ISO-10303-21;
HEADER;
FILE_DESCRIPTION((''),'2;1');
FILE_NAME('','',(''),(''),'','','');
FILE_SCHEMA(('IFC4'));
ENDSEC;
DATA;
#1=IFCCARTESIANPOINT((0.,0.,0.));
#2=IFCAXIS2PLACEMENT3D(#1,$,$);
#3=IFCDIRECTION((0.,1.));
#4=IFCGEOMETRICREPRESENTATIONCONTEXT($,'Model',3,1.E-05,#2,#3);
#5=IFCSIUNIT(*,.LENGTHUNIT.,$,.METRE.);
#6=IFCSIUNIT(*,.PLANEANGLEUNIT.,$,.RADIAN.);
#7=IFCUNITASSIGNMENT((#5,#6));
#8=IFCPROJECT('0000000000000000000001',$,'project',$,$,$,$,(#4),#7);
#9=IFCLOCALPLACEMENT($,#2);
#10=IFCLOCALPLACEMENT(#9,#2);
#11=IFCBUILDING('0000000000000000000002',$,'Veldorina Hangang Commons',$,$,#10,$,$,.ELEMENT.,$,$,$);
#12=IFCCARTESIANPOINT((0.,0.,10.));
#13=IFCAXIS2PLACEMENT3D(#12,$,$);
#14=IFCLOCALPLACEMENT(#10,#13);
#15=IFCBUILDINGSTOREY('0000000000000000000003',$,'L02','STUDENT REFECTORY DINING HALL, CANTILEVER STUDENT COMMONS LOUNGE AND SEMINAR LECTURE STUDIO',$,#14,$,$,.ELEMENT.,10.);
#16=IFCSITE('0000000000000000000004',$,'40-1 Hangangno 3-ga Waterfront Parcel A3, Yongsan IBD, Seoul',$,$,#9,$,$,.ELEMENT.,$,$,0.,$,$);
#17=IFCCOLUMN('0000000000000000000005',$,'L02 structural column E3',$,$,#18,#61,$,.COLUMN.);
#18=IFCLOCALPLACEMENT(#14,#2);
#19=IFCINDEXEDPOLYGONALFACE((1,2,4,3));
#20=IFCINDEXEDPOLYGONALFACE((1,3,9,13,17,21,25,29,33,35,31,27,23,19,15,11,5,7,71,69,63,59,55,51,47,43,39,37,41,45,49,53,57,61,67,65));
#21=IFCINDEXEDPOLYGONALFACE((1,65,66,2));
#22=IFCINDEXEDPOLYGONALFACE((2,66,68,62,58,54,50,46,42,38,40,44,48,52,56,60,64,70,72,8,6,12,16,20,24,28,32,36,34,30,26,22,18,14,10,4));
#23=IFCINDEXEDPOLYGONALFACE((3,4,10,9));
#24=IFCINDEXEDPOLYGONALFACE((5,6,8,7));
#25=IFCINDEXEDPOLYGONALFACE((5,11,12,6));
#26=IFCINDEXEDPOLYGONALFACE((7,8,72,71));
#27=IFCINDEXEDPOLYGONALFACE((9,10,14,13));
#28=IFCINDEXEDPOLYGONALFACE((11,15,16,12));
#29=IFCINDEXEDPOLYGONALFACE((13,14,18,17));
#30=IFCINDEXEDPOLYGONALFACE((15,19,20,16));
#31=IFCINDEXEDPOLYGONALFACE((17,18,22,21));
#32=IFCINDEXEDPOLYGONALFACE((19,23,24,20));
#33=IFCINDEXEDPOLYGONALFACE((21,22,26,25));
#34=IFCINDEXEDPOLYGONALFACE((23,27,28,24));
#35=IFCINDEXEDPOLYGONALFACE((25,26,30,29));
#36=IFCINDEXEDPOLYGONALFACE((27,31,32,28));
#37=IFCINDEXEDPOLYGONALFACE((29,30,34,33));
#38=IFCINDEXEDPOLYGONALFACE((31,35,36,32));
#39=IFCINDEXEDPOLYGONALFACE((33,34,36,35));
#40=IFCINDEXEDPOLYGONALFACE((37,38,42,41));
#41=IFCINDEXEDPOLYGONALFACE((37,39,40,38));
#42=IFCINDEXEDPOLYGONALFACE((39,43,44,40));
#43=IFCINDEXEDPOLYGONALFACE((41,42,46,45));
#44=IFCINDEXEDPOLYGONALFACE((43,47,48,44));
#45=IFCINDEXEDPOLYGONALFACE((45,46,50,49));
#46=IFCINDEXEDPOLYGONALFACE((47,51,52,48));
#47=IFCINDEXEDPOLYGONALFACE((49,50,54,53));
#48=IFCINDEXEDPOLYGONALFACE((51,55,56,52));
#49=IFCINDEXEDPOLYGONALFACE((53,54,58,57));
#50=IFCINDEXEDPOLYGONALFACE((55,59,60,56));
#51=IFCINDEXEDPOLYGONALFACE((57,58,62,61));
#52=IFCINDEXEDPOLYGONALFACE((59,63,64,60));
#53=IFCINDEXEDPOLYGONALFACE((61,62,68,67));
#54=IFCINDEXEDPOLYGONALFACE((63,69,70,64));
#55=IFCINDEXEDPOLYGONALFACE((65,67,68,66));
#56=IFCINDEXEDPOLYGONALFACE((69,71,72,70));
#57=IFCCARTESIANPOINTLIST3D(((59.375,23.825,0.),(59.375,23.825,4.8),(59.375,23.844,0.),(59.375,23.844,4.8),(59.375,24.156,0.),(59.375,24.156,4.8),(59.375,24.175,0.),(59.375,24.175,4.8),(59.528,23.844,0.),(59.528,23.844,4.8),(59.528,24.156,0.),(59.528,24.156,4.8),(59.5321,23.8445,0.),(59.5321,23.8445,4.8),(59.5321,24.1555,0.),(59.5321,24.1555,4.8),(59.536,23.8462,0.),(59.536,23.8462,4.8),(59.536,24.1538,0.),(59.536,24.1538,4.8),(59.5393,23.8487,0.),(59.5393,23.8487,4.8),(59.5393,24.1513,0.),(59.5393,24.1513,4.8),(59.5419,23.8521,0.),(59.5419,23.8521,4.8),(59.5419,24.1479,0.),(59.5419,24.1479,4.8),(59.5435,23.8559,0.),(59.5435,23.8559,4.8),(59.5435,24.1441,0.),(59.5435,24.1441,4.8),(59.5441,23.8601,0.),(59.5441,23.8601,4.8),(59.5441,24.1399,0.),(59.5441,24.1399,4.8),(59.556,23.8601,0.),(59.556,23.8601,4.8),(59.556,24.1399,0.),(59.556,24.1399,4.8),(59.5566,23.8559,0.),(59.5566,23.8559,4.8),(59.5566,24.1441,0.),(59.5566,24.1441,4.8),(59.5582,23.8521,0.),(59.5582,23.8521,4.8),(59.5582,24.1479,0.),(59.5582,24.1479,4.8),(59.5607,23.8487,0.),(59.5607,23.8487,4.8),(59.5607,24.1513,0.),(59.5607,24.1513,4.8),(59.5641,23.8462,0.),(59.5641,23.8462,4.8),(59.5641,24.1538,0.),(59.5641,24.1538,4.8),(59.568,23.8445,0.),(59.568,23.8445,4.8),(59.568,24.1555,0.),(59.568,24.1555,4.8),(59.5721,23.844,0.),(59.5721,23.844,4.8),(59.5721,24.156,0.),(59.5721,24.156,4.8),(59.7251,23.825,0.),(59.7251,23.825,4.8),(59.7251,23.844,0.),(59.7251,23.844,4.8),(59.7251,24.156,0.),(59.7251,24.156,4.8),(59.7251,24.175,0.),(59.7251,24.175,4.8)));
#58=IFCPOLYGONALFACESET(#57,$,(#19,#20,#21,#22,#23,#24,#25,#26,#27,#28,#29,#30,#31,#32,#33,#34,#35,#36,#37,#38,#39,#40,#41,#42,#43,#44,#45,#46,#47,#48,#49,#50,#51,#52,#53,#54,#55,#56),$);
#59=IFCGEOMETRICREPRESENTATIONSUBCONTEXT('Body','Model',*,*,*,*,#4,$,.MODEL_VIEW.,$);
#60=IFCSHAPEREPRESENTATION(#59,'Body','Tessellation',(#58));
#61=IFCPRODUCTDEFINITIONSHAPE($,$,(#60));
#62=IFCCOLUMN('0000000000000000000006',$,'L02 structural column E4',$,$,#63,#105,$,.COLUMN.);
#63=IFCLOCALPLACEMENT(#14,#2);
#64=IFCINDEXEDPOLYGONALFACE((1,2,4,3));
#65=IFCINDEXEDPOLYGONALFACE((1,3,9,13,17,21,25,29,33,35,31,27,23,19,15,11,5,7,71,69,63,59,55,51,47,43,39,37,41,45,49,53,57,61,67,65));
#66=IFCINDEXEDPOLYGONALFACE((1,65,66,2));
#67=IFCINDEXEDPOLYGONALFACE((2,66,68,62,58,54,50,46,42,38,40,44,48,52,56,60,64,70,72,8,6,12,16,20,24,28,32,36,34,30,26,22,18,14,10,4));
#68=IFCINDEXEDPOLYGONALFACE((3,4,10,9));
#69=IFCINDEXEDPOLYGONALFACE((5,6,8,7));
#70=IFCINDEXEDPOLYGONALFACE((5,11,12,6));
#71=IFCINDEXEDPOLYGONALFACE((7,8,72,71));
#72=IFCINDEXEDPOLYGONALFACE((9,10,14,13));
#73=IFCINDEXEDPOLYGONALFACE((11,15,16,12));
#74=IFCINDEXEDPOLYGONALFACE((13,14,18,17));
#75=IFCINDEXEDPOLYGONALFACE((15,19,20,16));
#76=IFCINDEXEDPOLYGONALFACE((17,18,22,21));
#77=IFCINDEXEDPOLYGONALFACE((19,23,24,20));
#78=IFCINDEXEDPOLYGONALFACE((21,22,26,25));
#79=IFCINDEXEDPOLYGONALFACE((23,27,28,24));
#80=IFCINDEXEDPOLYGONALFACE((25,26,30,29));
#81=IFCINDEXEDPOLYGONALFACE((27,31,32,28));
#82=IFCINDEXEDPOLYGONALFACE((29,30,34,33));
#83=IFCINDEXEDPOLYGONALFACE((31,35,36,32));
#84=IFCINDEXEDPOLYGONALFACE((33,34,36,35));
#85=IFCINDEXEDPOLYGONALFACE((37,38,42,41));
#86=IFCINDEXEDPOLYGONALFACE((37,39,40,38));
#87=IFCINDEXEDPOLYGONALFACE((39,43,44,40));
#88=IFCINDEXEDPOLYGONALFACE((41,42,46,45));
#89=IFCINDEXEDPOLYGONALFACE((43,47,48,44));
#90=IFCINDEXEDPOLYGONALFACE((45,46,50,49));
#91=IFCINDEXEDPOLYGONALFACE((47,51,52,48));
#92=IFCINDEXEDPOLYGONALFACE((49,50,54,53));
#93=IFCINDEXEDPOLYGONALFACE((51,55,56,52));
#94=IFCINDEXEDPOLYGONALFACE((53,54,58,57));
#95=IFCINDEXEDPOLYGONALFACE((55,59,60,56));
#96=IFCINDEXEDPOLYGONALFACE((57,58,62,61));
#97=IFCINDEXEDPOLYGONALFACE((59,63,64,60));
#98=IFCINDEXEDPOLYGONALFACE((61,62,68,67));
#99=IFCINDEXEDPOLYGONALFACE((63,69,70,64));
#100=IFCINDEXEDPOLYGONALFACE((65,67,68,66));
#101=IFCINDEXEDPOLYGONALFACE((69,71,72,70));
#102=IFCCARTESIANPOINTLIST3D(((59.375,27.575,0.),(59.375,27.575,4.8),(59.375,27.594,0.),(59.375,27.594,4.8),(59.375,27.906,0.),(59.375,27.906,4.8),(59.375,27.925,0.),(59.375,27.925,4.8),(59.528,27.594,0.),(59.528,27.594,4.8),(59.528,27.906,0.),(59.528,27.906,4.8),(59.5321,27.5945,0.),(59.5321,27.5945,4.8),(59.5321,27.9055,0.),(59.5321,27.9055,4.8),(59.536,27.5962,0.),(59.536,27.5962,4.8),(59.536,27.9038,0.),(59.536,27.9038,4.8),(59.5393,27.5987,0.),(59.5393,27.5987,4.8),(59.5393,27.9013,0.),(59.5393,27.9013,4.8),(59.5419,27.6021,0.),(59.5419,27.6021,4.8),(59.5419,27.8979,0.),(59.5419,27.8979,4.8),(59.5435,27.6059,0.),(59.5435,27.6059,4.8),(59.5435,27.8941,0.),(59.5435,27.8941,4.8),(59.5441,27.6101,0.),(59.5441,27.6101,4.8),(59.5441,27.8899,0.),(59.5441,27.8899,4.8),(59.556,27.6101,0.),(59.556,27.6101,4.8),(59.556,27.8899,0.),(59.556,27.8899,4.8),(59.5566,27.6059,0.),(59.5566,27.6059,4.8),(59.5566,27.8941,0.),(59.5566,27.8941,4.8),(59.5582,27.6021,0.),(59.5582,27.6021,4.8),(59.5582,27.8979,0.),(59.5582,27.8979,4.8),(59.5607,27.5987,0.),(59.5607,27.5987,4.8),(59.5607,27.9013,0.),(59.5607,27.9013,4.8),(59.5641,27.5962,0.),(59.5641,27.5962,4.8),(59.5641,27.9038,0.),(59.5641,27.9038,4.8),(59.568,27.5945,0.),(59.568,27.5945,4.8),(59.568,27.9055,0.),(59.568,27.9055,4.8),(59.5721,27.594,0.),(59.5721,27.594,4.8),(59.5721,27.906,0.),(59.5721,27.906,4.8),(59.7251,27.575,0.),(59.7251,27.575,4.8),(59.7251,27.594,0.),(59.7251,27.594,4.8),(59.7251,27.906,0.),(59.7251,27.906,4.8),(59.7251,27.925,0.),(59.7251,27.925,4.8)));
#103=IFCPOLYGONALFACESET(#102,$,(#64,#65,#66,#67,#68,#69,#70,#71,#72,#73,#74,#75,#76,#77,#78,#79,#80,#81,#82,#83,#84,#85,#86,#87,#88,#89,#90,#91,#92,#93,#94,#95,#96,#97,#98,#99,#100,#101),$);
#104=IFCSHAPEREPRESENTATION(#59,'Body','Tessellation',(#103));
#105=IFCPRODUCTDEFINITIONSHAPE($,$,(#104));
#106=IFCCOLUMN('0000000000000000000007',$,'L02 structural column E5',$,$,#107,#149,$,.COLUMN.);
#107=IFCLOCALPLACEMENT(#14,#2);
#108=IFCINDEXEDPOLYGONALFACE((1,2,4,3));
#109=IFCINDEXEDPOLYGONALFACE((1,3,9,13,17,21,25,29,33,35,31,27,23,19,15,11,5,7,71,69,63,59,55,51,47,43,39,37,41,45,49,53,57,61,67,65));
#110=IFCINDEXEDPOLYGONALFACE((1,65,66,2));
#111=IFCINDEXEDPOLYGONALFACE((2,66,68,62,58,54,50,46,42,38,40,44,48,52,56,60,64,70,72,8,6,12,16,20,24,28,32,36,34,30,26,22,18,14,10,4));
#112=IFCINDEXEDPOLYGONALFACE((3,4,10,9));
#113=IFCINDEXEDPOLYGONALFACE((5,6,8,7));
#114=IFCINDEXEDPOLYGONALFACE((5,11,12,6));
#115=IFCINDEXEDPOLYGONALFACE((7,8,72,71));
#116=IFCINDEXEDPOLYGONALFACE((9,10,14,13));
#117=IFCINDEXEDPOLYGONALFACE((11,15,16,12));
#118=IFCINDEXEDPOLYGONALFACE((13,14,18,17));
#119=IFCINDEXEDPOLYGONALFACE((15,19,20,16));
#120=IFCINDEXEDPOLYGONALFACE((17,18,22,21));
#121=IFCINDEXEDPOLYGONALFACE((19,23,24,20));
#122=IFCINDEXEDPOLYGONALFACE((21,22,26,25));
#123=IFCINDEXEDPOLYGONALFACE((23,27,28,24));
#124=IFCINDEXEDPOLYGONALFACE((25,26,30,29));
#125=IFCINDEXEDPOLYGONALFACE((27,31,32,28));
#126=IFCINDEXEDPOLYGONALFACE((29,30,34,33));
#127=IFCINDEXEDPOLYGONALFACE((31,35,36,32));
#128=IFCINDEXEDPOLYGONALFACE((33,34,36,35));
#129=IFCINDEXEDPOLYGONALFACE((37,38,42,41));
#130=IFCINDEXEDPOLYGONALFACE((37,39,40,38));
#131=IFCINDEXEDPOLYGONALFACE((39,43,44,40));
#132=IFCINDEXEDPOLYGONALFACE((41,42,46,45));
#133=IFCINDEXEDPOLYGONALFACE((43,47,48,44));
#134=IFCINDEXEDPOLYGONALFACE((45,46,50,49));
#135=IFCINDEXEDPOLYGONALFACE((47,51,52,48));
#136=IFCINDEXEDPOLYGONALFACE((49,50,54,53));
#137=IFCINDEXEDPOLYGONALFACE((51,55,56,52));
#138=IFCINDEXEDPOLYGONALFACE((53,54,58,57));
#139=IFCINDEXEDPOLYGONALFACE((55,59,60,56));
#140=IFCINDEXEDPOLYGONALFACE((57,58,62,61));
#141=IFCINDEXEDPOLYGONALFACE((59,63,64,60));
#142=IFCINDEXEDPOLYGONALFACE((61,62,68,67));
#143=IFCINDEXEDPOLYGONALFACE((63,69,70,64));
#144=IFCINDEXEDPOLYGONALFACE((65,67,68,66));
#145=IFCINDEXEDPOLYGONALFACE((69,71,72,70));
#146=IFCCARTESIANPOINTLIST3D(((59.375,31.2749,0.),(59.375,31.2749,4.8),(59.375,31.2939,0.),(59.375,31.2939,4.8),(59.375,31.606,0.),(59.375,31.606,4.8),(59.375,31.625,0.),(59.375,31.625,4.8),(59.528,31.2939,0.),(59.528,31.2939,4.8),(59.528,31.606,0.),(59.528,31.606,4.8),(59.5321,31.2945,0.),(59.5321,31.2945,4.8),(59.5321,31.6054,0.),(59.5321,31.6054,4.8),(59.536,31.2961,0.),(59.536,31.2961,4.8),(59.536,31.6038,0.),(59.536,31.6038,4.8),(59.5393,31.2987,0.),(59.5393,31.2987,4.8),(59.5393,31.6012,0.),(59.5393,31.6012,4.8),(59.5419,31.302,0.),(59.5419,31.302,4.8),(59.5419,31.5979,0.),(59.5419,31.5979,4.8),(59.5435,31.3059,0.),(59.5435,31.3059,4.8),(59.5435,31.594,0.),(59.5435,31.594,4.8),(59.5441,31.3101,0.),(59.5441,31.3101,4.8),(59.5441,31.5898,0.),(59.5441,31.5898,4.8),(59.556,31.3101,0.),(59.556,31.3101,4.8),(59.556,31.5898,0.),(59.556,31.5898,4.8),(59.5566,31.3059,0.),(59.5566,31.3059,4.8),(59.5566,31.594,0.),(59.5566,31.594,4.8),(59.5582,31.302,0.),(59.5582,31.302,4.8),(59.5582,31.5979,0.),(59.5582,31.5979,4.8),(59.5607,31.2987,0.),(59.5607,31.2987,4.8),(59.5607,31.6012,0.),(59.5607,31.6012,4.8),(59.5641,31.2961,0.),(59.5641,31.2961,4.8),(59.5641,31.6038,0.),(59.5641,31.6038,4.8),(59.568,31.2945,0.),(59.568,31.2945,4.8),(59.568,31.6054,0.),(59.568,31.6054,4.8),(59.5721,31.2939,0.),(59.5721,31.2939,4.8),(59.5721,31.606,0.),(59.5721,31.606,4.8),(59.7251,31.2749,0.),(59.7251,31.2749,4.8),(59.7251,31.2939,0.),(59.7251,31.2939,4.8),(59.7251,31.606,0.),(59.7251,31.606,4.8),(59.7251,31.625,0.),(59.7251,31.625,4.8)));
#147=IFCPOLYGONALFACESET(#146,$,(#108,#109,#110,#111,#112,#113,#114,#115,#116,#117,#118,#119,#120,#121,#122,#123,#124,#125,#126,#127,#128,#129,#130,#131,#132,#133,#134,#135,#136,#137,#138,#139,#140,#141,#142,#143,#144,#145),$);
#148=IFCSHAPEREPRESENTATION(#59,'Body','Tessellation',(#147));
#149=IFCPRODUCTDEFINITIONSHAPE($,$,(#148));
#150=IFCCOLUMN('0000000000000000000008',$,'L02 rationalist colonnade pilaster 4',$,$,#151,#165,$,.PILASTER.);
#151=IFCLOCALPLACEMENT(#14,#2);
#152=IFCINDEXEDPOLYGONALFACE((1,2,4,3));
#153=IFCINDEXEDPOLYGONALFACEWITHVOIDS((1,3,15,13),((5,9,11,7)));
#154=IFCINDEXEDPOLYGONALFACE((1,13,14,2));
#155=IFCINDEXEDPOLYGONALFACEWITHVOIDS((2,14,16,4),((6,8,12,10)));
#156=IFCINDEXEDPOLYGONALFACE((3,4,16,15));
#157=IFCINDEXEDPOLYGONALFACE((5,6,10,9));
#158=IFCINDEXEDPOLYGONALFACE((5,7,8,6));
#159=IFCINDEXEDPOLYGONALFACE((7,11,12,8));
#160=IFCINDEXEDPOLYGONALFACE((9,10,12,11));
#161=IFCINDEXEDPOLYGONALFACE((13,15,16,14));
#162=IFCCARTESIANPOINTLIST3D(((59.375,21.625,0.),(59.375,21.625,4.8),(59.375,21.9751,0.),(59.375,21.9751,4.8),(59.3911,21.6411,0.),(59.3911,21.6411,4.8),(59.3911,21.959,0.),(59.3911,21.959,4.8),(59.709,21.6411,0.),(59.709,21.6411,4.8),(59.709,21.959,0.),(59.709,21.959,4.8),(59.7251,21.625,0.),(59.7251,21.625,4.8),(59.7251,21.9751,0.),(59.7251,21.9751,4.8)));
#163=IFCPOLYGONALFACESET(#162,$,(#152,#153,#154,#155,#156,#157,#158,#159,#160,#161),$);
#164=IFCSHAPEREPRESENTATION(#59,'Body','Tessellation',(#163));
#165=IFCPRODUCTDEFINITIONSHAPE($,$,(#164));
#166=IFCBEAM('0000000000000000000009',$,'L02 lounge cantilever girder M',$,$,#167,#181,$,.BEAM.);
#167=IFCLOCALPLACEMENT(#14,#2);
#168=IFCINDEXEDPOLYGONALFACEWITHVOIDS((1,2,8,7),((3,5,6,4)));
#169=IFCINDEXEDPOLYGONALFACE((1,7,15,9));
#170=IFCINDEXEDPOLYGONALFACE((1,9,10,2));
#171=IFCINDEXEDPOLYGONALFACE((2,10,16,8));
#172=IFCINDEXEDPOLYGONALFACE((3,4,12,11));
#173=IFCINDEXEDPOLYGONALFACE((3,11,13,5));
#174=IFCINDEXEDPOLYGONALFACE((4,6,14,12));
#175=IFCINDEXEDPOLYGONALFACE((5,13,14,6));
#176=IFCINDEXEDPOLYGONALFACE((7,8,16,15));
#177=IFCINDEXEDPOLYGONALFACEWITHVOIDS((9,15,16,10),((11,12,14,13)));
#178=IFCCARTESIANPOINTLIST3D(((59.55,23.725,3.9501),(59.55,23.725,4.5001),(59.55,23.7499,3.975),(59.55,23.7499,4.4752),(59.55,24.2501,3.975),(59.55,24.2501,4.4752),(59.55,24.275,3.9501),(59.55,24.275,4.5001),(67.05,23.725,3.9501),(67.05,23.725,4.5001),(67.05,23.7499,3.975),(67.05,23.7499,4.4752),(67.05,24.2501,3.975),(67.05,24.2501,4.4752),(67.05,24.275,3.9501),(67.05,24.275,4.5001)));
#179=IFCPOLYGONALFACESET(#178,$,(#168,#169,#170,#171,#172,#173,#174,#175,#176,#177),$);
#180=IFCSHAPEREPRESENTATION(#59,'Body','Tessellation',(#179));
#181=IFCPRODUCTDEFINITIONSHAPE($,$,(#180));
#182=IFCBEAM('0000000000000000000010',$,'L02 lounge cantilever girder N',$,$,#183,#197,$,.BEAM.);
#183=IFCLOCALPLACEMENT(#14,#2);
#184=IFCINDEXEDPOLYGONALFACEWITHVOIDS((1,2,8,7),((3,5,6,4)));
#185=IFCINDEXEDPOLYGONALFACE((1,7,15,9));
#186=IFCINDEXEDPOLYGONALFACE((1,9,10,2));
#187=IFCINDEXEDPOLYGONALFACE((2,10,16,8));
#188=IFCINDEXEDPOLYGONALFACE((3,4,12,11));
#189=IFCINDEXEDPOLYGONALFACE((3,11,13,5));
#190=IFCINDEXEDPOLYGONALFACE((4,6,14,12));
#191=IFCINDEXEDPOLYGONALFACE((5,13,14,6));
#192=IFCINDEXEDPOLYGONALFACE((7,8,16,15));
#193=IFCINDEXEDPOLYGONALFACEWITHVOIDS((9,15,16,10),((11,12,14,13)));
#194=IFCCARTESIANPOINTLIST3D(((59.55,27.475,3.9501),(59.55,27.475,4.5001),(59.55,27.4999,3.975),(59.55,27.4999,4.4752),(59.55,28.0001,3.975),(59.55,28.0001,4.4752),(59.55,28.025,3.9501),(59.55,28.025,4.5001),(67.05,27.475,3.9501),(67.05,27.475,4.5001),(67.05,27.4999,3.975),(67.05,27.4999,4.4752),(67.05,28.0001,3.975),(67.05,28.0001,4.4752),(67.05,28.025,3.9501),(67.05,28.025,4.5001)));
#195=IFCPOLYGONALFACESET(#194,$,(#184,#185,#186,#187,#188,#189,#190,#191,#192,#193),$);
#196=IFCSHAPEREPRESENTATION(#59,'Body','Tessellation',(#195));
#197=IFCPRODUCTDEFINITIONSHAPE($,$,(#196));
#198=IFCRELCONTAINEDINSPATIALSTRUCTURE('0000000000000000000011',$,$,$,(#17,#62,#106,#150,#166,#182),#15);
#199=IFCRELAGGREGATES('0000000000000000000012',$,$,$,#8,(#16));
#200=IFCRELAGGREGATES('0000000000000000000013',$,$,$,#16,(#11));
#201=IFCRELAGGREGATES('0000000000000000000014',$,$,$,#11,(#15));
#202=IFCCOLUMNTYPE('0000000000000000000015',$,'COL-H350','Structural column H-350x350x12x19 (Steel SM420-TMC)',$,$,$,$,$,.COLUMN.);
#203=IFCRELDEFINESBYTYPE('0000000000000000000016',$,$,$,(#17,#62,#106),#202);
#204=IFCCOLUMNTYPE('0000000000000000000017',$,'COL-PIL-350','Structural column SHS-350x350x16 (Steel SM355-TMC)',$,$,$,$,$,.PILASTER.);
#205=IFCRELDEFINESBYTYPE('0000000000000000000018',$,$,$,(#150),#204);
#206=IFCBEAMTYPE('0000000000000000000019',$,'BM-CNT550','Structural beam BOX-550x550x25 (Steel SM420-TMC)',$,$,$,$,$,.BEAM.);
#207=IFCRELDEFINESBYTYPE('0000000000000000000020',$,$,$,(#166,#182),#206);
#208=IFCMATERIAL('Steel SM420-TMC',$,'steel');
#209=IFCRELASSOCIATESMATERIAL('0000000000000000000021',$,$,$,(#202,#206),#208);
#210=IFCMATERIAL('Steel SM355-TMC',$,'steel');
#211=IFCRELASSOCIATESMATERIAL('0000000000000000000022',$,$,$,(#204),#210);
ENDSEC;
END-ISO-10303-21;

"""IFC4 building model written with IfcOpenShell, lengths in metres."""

from ifc_helpers import new_model, si_unit, direction, frame, origin, origin_2d, place, context, subcontext, project, spatial, hollow_rectangle, i_section, extrude, material, material_profile, profile_set, type_object, element, save


model = new_model("IFC4")

# Units and contexts
model_context = context("Model", 3, precision=1e-05, world=origin(), true_north=direction((0.0, 1.0)))
body_context = subcontext(model_context, "Body", "Model", "MODEL_VIEW")
ifc_project = project(units=[si_unit("LENGTHUNIT", "METRE"), si_unit("PLANEANGLEUNIT", "RADIAN")], contexts=[model_context])

# Site, building, storey
site_placement = place(None, origin())
site = spatial("IfcSite", under=ifc_project, at=site_placement, Name="40-1 Hangangno 3-ga Waterfront Parcel A3, Yongsan IBD, Seoul", CompositionType="ELEMENT", RefElevation=0.0)
building_placement = place(site_placement, origin())
building = spatial("IfcBuilding", under=site, at=building_placement, Name="Veldorina Hangang Commons", CompositionType="ELEMENT")
storey_placement = place(building_placement, frame((0.0, 0.0, 10.0)))
storey = spatial("IfcBuildingStorey", under=building, at=storey_placement, Name="L02", Description="STUDENT REFECTORY DINING HALL, CANTILEVER STUDENT COMMONS LOUNGE AND SEMINAR LECTURE STUDIO", CompositionType="ELEMENT", Elevation=10.0)

# Columns
ifc_material_1 = material(Name="Steel SM420-TMC", Category="steel")
ifc_material_profile_1 = material_profile(ifc_material_1, i_section(OverallWidth=0.3501, OverallDepth=0.3501, WebThickness=0.012, FlangeThickness=0.019, FilletRadius=0.0161, at=origin_2d()), Name="H-350x350x12x19")
ifc_profile_set_1 = profile_set([ifc_material_profile_1], Name="Steel SM420-TMC")
column_type_1 = type_object("IfcColumnType", Name="COL-H350", Description="Structural column H-350x350x12x19 (Steel SM420-TMC)", PredefinedType="COLUMN", material=ifc_profile_set_1)
for number, where, z_axis, x_axis, name in (
    (1, (59.55, 24.0, 0.0), (0.0, 0.0, 1.0), (1.0, 0.0, 0.0), "L02 structural column E3"),
    (2, (59.55, 27.75, 0.0), (0.0, 0.0, 1.0), (1.0, 0.0, 0.0), "L02 structural column E4"),
    (3, (59.55, 31.45, 0.0), (0.0, 0.0, 1.0), (1.0, 0.0, 0.0), "L02 structural column E5"),
):
    element("IfcColumn", number, at=place(storey_placement, frame(where, z_axis=z_axis, x_axis=x_axis)), inside=storey, type_object=column_type_1, Name=name, PredefinedType="COLUMN", context=body_context, shape_type="SweptSolid", body=[
        extrude(i_section(OverallWidth=0.3501, OverallDepth=0.3501, WebThickness=0.012, FlangeThickness=0.019, FilletRadius=0.0161, at=origin_2d()), origin(), (0.0, 0.0, 1.0), 4.8),
    ])
ifc_material_2 = material(Name="Steel SM355-TMC", Category="steel")
ifc_material_profile_2 = material_profile(ifc_material_2, hollow_rectangle(XDim=0.3501, YDim=0.3501, WallThickness=0.0161, at=origin_2d()), Name="SHS-350x350x16")
ifc_profile_set_2 = profile_set([ifc_material_profile_2], Name="Steel SM355-TMC")
column_type_2 = type_object("IfcColumnType", Name="COL-PIL-350", Description="Structural column SHS-350x350x16 (Steel SM355-TMC)", PredefinedType="PILASTER", material=ifc_profile_set_2)
column_placement = place(storey_placement, frame((59.55, 21.8, 0.0), z_axis=(0.0, 0.0, 1.0), x_axis=(1.0, 0.0, 0.0)))
element("IfcColumn", 4, at=column_placement, inside=storey, type_object=column_type_2, Name="L02 rationalist colonnade pilaster 4", PredefinedType="PILASTER", context=body_context, shape_type="SweptSolid", body=[
    extrude(hollow_rectangle(XDim=0.3501, YDim=0.3501, WallThickness=0.0161, at=origin_2d()), origin(), (0.0, 0.0, 1.0), 4.8),
])

# Beams
ifc_material_profile_3 = material_profile(ifc_material_1, hollow_rectangle(XDim=0.55, YDim=0.55, WallThickness=0.0249, at=origin_2d()), Name="BOX-550x550x25")
ifc_profile_set_3 = profile_set([ifc_material_profile_3], Name="Steel SM420-TMC")
beam_type_1 = type_object("IfcBeamType", Name="BM-CNT550", Description="Structural beam BOX-550x550x25 (Steel SM420-TMC)", PredefinedType="BEAM", material=ifc_profile_set_3)
for number, where, z_axis, x_axis, name in (
    (5, (59.55, 24.0, 4.2251), (1.0, 0.0, 0.0), (0.0, 1.0, 0.0), "L02 lounge cantilever girder M"),
    (6, (59.55, 27.75, 4.2251), (1.0, 0.0, 0.0), (0.0, 1.0, 0.0), "L02 lounge cantilever girder N"),
):
    element("IfcBeam", number, at=place(storey_placement, frame(where, z_axis=z_axis, x_axis=x_axis)), inside=storey, type_object=beam_type_1, Name=name, PredefinedType="BEAM", context=body_context, shape_type="SweptSolid", body=[
        extrude(hollow_rectangle(XDim=0.55, YDim=0.55, WallThickness=0.0249, at=origin_2d()), origin(), (0.0, 0.0, 1.0), 7.5),
    ])

save(model, "model.ifc")
